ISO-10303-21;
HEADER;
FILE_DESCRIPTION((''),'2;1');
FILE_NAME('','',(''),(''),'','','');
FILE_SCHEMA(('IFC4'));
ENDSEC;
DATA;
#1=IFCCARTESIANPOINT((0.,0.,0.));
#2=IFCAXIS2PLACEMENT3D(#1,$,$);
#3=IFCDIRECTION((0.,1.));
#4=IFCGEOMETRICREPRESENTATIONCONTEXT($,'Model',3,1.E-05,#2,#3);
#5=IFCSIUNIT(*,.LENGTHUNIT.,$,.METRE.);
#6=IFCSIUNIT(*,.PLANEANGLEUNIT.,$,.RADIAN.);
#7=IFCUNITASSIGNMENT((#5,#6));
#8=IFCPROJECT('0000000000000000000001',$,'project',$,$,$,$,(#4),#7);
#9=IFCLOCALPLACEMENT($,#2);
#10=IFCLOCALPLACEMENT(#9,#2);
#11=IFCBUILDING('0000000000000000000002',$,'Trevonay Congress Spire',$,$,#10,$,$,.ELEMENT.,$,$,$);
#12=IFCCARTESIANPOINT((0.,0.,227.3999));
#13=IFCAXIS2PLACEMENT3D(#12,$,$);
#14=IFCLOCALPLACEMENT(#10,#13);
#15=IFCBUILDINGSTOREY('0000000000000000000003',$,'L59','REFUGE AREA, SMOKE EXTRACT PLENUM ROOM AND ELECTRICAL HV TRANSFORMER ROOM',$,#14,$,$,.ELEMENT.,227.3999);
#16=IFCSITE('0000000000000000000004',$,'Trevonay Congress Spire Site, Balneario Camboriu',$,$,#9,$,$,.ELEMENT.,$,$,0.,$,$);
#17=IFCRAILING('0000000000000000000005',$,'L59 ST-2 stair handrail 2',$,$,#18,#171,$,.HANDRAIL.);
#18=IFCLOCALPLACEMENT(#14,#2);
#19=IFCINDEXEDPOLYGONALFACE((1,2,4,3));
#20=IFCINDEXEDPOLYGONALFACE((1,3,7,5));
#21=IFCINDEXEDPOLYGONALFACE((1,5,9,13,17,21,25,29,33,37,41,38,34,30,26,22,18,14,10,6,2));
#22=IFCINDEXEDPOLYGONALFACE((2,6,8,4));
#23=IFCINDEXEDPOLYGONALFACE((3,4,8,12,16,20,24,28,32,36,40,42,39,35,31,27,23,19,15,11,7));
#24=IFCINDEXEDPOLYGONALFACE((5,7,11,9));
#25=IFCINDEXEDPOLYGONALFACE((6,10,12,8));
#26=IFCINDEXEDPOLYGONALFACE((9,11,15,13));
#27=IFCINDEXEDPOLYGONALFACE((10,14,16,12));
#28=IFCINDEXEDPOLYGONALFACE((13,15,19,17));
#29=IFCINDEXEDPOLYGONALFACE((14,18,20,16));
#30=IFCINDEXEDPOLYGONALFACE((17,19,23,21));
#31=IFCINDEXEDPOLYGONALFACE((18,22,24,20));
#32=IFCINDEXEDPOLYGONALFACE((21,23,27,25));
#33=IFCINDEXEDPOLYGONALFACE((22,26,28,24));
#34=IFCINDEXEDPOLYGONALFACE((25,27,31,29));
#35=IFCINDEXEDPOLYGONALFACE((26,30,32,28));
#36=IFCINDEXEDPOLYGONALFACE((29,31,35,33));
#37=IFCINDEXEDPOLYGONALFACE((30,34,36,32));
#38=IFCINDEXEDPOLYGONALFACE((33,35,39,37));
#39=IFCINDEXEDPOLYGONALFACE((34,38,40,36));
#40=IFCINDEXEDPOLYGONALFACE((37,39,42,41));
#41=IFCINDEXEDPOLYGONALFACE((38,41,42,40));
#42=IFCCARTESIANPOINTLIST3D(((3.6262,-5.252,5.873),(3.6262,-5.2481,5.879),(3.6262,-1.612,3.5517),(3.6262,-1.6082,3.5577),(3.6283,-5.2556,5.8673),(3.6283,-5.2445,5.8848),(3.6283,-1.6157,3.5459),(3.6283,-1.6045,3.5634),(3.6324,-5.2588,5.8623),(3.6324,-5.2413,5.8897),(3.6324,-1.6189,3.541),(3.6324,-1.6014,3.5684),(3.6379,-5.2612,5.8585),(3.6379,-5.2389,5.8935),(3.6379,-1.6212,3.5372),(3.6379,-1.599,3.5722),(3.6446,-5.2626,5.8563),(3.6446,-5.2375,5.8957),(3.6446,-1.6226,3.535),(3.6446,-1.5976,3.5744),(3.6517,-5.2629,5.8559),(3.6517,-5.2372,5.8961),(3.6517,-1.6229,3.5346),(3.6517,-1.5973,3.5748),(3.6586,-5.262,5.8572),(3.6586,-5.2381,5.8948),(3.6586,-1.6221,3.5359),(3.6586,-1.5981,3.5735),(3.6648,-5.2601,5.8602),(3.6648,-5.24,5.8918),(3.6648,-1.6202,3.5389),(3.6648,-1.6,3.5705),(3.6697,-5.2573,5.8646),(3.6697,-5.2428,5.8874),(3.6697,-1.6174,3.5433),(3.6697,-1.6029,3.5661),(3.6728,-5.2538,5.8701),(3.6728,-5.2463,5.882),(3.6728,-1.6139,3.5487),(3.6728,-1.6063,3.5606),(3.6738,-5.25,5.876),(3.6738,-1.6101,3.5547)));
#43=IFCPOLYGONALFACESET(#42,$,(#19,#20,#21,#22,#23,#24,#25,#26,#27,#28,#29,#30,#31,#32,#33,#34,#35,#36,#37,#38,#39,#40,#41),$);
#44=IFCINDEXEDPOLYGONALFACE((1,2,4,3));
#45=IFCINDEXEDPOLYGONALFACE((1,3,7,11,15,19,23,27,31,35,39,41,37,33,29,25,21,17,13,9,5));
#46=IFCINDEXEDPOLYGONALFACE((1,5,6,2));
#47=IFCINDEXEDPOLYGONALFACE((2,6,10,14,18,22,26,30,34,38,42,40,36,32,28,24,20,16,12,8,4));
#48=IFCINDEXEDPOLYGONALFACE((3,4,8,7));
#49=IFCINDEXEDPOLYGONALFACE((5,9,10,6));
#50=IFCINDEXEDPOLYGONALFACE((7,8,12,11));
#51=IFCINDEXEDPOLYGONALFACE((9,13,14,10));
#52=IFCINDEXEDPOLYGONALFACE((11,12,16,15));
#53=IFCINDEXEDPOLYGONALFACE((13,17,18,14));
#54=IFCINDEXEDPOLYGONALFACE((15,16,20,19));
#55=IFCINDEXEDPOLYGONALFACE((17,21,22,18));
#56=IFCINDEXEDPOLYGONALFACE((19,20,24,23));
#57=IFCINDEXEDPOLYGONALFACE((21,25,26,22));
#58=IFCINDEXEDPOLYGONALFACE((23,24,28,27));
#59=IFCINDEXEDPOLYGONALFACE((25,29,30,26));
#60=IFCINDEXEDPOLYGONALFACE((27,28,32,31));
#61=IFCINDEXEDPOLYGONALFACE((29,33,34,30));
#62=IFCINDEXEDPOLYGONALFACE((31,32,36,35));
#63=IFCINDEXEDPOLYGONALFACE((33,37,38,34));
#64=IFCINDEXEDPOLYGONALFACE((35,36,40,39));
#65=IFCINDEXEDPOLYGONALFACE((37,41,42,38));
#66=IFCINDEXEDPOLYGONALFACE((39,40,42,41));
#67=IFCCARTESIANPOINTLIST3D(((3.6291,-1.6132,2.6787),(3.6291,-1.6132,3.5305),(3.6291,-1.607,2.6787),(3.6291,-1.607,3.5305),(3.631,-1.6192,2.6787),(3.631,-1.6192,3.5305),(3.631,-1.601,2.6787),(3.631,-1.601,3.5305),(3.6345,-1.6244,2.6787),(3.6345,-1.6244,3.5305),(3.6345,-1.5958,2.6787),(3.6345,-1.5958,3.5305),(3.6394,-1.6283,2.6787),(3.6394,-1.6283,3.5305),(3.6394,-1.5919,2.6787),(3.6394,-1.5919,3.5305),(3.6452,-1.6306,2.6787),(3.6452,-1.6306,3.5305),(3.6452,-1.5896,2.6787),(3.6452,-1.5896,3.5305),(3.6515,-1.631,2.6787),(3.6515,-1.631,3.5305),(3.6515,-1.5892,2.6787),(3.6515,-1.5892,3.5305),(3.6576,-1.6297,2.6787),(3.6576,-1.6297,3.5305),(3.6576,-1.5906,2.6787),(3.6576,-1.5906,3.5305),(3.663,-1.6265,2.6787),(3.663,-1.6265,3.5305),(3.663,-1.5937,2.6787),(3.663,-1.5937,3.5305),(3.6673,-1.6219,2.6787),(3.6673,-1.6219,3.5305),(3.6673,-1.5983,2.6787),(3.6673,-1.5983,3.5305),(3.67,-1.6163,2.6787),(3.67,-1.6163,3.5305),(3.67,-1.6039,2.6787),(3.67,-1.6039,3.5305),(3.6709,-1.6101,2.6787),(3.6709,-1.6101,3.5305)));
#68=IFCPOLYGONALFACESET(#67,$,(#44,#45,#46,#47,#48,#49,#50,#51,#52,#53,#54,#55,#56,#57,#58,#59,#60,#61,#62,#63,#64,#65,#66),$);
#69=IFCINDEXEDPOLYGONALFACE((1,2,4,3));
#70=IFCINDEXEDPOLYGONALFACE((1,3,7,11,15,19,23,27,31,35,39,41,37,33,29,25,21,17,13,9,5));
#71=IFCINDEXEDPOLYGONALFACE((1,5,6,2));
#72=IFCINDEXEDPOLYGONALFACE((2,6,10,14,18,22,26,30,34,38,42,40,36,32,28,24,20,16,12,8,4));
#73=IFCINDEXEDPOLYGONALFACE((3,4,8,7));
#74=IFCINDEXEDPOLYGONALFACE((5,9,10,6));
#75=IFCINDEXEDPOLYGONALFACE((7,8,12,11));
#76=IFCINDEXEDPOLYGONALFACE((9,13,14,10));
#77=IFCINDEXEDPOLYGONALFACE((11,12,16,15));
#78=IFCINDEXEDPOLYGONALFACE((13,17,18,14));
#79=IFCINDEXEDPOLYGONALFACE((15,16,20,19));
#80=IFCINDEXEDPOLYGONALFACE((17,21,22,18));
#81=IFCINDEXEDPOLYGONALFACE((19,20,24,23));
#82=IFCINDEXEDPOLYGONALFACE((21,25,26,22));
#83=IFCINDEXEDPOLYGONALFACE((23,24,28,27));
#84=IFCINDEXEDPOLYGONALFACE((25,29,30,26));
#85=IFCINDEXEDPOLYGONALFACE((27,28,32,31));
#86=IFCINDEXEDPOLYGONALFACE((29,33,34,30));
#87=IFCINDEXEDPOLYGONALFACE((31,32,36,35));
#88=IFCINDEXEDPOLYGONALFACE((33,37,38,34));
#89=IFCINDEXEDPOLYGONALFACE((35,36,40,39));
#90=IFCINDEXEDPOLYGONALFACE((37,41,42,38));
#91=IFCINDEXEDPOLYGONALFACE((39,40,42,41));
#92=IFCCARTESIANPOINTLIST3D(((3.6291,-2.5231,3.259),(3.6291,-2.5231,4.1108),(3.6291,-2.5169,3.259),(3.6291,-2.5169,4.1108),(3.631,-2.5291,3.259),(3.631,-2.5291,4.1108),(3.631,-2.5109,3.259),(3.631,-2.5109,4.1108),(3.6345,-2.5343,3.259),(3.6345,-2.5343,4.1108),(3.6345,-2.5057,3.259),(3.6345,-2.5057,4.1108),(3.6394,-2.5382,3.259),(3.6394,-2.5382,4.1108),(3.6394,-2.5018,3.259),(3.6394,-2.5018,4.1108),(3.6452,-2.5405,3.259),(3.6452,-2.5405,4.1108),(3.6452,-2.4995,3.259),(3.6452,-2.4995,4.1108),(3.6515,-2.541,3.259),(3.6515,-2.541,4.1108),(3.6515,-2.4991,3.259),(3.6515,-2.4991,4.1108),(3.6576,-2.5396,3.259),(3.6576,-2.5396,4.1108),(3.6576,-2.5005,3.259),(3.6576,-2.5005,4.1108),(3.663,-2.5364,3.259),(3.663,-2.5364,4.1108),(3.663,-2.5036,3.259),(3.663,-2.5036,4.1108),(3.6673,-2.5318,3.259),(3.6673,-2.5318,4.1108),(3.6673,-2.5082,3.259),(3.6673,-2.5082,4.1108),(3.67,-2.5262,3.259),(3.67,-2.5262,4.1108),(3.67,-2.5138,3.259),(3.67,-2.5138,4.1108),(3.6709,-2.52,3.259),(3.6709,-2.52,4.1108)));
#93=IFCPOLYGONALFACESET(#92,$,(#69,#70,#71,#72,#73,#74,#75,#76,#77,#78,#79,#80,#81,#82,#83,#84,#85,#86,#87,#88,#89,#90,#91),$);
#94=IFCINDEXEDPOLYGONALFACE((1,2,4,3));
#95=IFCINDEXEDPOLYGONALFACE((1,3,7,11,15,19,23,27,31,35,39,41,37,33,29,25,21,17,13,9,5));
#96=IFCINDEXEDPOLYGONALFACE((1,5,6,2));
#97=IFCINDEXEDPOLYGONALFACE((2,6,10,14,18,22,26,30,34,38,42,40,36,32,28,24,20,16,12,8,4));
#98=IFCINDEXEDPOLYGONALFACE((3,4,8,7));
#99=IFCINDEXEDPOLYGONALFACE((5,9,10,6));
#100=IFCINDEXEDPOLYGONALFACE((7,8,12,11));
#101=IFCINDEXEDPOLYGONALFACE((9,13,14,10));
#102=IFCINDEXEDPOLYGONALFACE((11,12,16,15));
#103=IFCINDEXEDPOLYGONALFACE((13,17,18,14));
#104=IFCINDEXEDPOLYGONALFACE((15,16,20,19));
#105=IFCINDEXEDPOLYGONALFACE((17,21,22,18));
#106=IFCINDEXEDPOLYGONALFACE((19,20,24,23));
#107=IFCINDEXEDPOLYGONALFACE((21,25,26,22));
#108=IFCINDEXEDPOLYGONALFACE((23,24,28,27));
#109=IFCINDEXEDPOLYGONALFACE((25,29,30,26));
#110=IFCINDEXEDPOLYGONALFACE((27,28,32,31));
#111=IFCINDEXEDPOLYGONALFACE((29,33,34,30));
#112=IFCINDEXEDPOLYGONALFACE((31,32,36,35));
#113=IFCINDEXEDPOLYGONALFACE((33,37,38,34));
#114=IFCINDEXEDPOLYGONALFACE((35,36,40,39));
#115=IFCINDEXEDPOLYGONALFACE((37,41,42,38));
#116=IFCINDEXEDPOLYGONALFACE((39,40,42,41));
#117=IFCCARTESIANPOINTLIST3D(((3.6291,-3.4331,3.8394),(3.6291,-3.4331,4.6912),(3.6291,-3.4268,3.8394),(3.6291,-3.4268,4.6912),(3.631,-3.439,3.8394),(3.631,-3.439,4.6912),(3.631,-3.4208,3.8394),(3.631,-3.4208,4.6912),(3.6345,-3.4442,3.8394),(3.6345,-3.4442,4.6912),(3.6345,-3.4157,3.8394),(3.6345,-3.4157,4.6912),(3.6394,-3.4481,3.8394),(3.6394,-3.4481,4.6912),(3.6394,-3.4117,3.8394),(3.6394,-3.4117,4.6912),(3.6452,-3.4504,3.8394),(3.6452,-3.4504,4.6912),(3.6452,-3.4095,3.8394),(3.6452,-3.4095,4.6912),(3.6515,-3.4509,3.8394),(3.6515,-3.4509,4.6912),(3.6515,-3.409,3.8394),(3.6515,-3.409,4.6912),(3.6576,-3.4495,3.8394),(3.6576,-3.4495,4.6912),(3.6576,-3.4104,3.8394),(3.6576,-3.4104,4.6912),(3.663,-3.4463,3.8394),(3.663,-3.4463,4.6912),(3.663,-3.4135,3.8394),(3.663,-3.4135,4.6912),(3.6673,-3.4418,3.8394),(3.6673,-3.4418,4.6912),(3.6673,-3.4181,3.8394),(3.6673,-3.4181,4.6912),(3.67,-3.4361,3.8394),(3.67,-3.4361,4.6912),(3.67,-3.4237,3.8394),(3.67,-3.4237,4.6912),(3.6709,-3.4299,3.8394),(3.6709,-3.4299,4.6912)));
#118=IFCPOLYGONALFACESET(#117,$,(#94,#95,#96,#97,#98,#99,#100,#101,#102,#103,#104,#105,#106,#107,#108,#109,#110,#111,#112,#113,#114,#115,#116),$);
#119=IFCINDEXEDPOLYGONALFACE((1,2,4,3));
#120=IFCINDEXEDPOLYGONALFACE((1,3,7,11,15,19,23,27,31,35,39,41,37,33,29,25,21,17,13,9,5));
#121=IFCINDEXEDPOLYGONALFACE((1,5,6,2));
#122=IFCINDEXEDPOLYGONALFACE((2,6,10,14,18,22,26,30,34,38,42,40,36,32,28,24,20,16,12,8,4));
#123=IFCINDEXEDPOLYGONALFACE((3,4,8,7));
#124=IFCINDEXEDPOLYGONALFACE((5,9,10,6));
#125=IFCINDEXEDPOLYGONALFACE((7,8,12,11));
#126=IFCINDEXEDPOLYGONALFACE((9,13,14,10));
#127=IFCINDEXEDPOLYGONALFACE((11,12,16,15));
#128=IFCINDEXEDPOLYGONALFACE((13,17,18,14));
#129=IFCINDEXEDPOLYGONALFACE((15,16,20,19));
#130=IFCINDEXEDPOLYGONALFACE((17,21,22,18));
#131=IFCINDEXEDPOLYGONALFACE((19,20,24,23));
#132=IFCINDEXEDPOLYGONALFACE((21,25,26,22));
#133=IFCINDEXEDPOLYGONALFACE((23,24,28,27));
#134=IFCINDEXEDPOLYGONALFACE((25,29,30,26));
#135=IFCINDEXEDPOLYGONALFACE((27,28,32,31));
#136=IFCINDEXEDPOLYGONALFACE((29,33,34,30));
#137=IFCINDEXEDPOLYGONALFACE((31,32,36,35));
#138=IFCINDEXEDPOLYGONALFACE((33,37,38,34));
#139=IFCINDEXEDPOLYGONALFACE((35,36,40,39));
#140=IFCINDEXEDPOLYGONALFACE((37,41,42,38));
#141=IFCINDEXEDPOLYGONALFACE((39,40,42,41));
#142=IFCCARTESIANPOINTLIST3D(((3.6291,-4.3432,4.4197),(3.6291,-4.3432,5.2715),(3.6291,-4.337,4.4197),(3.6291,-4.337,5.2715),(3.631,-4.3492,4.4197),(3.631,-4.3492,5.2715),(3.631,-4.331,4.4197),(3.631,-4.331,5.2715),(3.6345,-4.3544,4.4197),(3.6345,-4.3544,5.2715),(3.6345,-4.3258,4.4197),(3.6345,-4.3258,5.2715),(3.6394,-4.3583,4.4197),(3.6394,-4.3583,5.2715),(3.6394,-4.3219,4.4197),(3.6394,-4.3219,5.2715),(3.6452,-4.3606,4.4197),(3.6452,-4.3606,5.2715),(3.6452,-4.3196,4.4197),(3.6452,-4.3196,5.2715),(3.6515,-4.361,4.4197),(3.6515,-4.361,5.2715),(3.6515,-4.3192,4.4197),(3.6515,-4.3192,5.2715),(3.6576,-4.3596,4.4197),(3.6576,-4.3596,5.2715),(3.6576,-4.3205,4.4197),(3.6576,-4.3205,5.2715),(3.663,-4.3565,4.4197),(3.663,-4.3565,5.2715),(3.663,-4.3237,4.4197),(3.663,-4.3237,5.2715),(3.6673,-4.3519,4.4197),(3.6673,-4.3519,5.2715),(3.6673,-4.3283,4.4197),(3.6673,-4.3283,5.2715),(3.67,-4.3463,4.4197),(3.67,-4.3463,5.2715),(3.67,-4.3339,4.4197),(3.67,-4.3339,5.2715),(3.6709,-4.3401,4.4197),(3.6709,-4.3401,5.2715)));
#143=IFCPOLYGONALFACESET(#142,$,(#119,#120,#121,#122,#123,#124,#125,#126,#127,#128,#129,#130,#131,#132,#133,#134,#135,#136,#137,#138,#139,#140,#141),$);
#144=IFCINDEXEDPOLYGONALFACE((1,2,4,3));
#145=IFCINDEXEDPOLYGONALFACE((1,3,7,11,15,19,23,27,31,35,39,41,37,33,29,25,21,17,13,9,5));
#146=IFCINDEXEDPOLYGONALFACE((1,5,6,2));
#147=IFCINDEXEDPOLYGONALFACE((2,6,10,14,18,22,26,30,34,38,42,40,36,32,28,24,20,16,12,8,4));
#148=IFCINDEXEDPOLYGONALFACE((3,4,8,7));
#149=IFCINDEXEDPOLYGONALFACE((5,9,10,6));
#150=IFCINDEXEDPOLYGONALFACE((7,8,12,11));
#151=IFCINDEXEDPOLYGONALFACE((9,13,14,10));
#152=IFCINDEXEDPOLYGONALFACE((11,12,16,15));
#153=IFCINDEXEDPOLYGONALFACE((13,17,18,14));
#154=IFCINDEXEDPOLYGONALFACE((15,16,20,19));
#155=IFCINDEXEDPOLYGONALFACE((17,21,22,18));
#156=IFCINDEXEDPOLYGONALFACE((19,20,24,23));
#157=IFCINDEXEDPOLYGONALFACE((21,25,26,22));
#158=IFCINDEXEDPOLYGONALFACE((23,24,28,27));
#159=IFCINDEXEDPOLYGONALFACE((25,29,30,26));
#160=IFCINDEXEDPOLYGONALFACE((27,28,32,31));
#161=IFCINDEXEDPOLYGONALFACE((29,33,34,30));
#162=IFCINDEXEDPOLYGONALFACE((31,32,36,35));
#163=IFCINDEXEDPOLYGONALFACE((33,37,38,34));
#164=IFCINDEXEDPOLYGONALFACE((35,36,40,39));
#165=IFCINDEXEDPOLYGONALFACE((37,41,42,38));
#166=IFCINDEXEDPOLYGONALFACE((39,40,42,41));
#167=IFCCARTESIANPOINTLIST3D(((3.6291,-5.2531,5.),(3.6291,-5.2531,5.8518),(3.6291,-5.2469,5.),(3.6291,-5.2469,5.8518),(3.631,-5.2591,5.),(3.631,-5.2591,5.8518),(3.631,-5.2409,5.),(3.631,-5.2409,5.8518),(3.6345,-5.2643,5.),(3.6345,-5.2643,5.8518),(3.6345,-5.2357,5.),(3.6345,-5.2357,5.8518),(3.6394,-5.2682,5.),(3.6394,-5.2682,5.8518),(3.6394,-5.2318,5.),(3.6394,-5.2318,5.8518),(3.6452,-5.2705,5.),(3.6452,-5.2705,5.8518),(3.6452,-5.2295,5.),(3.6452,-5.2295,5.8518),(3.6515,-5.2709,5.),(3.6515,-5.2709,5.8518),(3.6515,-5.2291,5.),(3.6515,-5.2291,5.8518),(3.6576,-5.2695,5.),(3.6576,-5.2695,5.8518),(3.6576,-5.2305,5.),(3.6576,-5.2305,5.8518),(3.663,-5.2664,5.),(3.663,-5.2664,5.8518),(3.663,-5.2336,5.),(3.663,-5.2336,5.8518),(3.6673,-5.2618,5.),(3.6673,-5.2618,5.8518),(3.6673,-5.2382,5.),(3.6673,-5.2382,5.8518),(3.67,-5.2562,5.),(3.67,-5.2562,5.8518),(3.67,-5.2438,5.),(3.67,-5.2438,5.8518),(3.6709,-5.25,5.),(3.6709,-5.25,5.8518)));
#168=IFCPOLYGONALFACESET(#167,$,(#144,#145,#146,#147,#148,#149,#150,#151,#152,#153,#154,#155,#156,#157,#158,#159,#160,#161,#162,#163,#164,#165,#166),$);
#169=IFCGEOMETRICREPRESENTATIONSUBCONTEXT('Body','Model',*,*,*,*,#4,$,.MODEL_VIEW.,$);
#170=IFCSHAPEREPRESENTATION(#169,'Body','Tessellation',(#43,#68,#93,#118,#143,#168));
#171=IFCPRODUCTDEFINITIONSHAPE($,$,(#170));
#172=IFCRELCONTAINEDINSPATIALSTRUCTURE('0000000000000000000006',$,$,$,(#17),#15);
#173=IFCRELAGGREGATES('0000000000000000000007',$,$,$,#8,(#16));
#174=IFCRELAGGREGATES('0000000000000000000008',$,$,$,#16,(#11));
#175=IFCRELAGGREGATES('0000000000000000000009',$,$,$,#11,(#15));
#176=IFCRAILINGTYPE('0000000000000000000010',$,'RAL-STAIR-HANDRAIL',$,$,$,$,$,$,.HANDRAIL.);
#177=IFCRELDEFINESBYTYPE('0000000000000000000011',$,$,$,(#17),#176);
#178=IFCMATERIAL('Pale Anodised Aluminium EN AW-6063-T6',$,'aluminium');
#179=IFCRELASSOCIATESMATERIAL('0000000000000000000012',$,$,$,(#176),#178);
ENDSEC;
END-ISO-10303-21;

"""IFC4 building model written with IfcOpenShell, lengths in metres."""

from ifc_helpers import new_model, si_unit, direction, frame, origin, origin_2d, place, context, subcontext, project, spatial, circle, extrude, material, type_object, element, save


model = new_model("IFC4")

# Units and contexts
model_context = context("Model", 3, precision=1e-05, world=origin(), true_north=direction((0.0, 1.0)))
body_context = subcontext(model_context, "Body", "Model", "MODEL_VIEW")
ifc_project = project(units=[si_unit("LENGTHUNIT", "METRE"), si_unit("PLANEANGLEUNIT", "RADIAN")], contexts=[model_context])

# Site, building, storey
site_placement = place(None, origin())
site = spatial("IfcSite", under=ifc_project, at=site_placement, Name="Trevonay Congress Spire Site, Balneario Camboriu", CompositionType="ELEMENT", RefElevation=0.0)
building_placement = place(site_placement, origin())
building = spatial("IfcBuilding", under=site, at=building_placement, Name="Trevonay Congress Spire", CompositionType="ELEMENT")
storey_placement = place(building_placement, frame((0.0, 0.0, 227.3999)))
storey = spatial("IfcBuildingStorey", under=building, at=storey_placement, Name="L59", Description="REFUGE AREA, SMOKE EXTRACT PLENUM ROOM AND ELECTRICAL HV TRANSFORMER ROOM", CompositionType="ELEMENT", Elevation=227.3999)

# Shared definitions
ifc_material_1 = material(Name="Pale Anodised Aluminium EN AW-6063-T6", Category="aluminium")

# Railing
railing_type_1 = type_object("IfcRailingType", Name="RAL-STAIR-HANDRAIL", PredefinedType="HANDRAIL", material=ifc_material_1)
railing_1_placement = place(storey_placement, frame((3.6499, -1.6101, 2.6787)))
element("IfcRailing", 1, at=railing_1_placement, inside=storey, type_object=railing_type_1, Name="L59 ST-2 stair handrail 2", PredefinedType="HANDRAIL", context=body_context, shape_type="SweptSolid", body=[
    extrude(circle(Radius=0.0239, at=origin_2d()), frame((0.0, 0.0, 0.876), z_axis=(0.0, -0.843137, 0.537699), x_axis=(1.0, 0.0, 0.0)), (0.0, 0.0, 1.0), 4.3171),
    extrude(circle(Radius=0.021, at=origin_2d()), origin(), (0.0, 0.0, 1.0), 0.8518),
    extrude(circle(Radius=0.021, at=origin_2d()), frame((0.0, -0.9099, 0.5803)), (0.0, 0.0, 1.0), 0.8518),
    extrude(circle(Radius=0.021, at=origin_2d()), frame((0.0, -1.8198, 1.1606)), (0.0, 0.0, 1.0), 0.8518),
    extrude(circle(Radius=0.021, at=origin_2d()), frame((0.0, -2.73, 1.741)), (0.0, 0.0, 1.0), 0.8518),
    extrude(circle(Radius=0.021, at=origin_2d()), frame((0.0, -3.6399, 2.3213)), (0.0, 0.0, 1.0), 0.8518),
])

save(model, "model.ifc")
